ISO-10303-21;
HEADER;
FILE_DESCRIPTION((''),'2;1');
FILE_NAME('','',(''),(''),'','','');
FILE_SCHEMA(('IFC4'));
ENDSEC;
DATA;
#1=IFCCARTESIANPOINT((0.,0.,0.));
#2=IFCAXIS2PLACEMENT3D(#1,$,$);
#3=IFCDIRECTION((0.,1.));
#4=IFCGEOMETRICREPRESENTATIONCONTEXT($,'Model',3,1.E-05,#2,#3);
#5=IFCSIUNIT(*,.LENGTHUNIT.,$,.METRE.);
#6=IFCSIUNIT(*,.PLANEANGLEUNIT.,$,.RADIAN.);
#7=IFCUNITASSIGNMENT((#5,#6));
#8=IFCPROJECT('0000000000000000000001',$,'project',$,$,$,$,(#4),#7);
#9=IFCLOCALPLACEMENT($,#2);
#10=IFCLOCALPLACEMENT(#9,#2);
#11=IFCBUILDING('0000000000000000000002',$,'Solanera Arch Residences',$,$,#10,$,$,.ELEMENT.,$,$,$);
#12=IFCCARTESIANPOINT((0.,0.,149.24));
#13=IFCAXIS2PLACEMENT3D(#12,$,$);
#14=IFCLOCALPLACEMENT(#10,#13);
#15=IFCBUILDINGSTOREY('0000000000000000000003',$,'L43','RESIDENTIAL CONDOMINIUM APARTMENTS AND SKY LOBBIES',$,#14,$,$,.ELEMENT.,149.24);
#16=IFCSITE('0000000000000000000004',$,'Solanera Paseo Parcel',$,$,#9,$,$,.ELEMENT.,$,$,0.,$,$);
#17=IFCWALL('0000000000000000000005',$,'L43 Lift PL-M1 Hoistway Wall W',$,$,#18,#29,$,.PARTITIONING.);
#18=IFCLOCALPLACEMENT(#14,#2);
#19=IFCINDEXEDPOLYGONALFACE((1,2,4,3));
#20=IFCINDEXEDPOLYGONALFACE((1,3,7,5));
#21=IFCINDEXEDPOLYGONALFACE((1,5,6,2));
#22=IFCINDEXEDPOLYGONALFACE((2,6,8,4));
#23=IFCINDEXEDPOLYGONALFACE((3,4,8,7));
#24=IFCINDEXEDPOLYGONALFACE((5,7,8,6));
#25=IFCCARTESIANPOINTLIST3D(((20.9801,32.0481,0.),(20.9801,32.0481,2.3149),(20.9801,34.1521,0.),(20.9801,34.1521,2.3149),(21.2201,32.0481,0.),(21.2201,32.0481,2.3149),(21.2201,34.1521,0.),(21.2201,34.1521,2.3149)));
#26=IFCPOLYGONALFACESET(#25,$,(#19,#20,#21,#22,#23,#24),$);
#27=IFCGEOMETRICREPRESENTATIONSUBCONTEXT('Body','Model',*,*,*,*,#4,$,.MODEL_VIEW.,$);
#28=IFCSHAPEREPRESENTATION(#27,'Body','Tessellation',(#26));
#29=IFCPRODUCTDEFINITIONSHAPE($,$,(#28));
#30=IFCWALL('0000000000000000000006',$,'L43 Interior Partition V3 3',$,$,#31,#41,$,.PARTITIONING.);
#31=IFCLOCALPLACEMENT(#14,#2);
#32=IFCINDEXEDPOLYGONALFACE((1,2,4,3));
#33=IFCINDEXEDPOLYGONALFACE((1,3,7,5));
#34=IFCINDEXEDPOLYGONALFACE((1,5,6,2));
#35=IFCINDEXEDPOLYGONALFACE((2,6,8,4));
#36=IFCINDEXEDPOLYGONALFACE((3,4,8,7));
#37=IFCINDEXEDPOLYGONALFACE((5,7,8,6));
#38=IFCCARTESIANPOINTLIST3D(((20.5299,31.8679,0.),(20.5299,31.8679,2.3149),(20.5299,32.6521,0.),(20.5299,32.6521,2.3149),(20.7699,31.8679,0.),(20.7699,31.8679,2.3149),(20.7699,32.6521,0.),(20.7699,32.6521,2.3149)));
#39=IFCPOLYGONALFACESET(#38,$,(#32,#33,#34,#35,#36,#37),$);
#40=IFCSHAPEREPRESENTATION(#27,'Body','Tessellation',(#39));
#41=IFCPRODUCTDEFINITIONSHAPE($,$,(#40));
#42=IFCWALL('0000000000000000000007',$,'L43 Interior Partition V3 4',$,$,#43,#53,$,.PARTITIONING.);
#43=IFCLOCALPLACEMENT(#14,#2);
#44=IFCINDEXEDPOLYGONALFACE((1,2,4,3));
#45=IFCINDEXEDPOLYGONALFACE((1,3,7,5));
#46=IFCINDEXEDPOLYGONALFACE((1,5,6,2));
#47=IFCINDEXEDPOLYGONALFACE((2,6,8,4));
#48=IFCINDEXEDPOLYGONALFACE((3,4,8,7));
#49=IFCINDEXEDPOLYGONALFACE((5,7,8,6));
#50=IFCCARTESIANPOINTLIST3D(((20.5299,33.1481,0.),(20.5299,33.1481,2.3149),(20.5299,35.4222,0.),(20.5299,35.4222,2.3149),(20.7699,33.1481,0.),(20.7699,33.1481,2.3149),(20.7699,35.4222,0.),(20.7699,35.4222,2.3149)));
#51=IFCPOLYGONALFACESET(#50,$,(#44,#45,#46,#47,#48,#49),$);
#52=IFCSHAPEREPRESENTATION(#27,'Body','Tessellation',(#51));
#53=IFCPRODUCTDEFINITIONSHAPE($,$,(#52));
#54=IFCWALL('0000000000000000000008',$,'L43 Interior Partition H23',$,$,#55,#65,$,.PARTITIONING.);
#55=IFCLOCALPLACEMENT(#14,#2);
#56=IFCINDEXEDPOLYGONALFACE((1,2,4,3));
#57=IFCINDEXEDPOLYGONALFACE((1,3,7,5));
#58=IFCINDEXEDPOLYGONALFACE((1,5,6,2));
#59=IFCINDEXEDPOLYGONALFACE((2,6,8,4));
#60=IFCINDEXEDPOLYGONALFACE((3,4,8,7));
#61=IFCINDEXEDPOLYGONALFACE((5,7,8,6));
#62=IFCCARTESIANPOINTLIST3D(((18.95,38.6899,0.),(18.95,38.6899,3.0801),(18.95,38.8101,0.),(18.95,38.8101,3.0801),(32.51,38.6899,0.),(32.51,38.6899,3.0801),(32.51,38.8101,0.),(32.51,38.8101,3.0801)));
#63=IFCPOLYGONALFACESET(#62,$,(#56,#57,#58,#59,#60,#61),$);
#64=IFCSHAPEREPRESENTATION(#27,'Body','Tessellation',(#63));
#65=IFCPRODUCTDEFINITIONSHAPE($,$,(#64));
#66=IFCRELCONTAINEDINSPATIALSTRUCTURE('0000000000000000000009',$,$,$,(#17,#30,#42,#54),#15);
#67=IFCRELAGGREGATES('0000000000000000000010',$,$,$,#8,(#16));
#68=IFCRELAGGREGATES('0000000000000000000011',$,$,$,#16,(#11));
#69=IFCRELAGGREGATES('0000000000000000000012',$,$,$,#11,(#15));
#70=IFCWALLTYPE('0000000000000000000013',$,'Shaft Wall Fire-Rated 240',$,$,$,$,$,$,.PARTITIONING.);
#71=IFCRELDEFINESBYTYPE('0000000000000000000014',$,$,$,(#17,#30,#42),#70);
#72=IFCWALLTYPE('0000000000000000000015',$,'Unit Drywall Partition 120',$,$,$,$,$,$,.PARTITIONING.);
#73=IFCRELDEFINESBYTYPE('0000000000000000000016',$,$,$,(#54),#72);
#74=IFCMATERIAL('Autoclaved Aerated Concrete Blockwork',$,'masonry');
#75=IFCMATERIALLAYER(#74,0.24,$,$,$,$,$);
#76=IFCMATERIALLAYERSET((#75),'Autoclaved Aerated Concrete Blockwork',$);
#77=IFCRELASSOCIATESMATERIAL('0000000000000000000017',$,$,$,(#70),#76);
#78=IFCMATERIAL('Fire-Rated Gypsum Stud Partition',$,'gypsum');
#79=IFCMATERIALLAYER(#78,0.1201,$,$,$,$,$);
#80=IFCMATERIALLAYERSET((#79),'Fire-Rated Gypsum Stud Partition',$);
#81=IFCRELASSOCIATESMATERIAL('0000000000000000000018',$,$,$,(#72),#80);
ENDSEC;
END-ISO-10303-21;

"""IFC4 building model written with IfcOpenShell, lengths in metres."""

from ifc_helpers import new_model, si_unit, direction, frame, frame_2d, origin, place, context, subcontext, project, spatial, rectangle, extrude, material, layer, layer_set, type_object, element, save


model = new_model("IFC4")

# Units and contexts
model_context = context("Model", 3, precision=1e-05, world=origin(), true_north=direction((0.0, 1.0)))
body_context = subcontext(model_context, "Body", "Model", "MODEL_VIEW")
ifc_project = project(units=[si_unit("LENGTHUNIT", "METRE"), si_unit("PLANEANGLEUNIT", "RADIAN")], contexts=[model_context])

# Site, building, storey
site_placement = place(None, origin())
site = spatial("IfcSite", under=ifc_project, at=site_placement, Name="Solanera Paseo Parcel", CompositionType="ELEMENT", RefElevation=0.0)
building_placement = place(site_placement, origin())
building = spatial("IfcBuilding", under=site, at=building_placement, Name="Solanera Arch Residences", CompositionType="ELEMENT")
storey_placement = place(building_placement, frame((0.0, 0.0, 149.24)))
storey = spatial("IfcBuildingStorey", under=building, at=storey_placement, Name="L43", Description="RESIDENTIAL CONDOMINIUM APARTMENTS AND SKY LOBBIES", CompositionType="ELEMENT", Elevation=149.24)

# Wall
ifc_material_1 = material(Name="Autoclaved Aerated Concrete Blockwork", Category="masonry")
ifc_layer_1 = layer(ifc_material_1, 0.24)
ifc_layer_set_1 = layer_set([ifc_layer_1], Name="Autoclaved Aerated Concrete Blockwork")
wall_type_1 = type_object("IfcWallType", Name="Shaft Wall Fire-Rated 240", PredefinedType="PARTITIONING", material=ifc_layer_set_1)
wall_1_placement = place(storey_placement, frame((21.1001, 32.0481, 0.0), z_axis=(0.0, 0.0, 1.0), x_axis=(0.0, 1.0, 0.0)))
element("IfcWall", 1, at=wall_1_placement, inside=storey, type_object=wall_type_1, Name="L43 Lift PL-M1 Hoistway Wall W", PredefinedType="PARTITIONING", context=body_context, shape_type="SweptSolid", body=[
    extrude(rectangle(XDim=2.104, YDim=0.24, at=frame_2d((1.052, 0.0))), origin(), (0.0, 0.0, 1.0), 2.3149),
])

# Walls
wall_2_placement = place(storey_placement, frame((20.6499, 31.8679, 0.0), z_axis=(0.0, 0.0, 1.0), x_axis=(0.0, 1.0, 0.0)))
element("IfcWall", 2, at=wall_2_placement, inside=storey, type_object=wall_type_1, Name="L43 Interior Partition V3 3", PredefinedType="PARTITIONING", context=body_context, shape_type="SweptSolid", body=[
    extrude(rectangle(XDim=0.7842, YDim=0.24, at=frame_2d((0.3921, 0.0))), origin(), (0.0, 0.0, 1.0), 2.3149),
])
wall_3_placement = place(storey_placement, frame((20.6499, 33.1479, 0.0), z_axis=(0.0, 0.0, 1.0), x_axis=(0.0, 1.0, 0.0)))
element("IfcWall", 3, at=wall_3_placement, inside=storey, type_object=wall_type_1, Name="L43 Interior Partition V3 4", PredefinedType="PARTITIONING", context=body_context, shape_type="SweptSolid", body=[
    extrude(rectangle(XDim=2.2742, YDim=0.24, at=frame_2d((1.1372, 0.0))), origin(), (0.0, 0.0, 1.0), 2.3149),
])
ifc_material_2 = material(Name="Fire-Rated Gypsum Stud Partition", Category="gypsum")
ifc_layer_2 = layer(ifc_material_2, 0.1201)
ifc_layer_set_2 = layer_set([ifc_layer_2], Name="Fire-Rated Gypsum Stud Partition")
wall_type_2 = type_object("IfcWallType", Name="Unit Drywall Partition 120", PredefinedType="PARTITIONING", material=ifc_layer_set_2)
wall_4_placement = place(storey_placement, frame((18.95, 38.75, 0.0), z_axis=(0.0, 0.0, 1.0), x_axis=(1.0, 0.0, 0.0)))
element("IfcWall", 4, at=wall_4_placement, inside=storey, type_object=wall_type_2, Name="L43 Interior Partition H23", PredefinedType="PARTITIONING", context=body_context, shape_type="SweptSolid", body=[
    extrude(rectangle(XDim=13.5601, YDim=0.1201, at=frame_2d((6.78, 0.0))), origin(), (0.0, 0.0, 1.0), 3.0801),
])

save(model, "model.ifc")
